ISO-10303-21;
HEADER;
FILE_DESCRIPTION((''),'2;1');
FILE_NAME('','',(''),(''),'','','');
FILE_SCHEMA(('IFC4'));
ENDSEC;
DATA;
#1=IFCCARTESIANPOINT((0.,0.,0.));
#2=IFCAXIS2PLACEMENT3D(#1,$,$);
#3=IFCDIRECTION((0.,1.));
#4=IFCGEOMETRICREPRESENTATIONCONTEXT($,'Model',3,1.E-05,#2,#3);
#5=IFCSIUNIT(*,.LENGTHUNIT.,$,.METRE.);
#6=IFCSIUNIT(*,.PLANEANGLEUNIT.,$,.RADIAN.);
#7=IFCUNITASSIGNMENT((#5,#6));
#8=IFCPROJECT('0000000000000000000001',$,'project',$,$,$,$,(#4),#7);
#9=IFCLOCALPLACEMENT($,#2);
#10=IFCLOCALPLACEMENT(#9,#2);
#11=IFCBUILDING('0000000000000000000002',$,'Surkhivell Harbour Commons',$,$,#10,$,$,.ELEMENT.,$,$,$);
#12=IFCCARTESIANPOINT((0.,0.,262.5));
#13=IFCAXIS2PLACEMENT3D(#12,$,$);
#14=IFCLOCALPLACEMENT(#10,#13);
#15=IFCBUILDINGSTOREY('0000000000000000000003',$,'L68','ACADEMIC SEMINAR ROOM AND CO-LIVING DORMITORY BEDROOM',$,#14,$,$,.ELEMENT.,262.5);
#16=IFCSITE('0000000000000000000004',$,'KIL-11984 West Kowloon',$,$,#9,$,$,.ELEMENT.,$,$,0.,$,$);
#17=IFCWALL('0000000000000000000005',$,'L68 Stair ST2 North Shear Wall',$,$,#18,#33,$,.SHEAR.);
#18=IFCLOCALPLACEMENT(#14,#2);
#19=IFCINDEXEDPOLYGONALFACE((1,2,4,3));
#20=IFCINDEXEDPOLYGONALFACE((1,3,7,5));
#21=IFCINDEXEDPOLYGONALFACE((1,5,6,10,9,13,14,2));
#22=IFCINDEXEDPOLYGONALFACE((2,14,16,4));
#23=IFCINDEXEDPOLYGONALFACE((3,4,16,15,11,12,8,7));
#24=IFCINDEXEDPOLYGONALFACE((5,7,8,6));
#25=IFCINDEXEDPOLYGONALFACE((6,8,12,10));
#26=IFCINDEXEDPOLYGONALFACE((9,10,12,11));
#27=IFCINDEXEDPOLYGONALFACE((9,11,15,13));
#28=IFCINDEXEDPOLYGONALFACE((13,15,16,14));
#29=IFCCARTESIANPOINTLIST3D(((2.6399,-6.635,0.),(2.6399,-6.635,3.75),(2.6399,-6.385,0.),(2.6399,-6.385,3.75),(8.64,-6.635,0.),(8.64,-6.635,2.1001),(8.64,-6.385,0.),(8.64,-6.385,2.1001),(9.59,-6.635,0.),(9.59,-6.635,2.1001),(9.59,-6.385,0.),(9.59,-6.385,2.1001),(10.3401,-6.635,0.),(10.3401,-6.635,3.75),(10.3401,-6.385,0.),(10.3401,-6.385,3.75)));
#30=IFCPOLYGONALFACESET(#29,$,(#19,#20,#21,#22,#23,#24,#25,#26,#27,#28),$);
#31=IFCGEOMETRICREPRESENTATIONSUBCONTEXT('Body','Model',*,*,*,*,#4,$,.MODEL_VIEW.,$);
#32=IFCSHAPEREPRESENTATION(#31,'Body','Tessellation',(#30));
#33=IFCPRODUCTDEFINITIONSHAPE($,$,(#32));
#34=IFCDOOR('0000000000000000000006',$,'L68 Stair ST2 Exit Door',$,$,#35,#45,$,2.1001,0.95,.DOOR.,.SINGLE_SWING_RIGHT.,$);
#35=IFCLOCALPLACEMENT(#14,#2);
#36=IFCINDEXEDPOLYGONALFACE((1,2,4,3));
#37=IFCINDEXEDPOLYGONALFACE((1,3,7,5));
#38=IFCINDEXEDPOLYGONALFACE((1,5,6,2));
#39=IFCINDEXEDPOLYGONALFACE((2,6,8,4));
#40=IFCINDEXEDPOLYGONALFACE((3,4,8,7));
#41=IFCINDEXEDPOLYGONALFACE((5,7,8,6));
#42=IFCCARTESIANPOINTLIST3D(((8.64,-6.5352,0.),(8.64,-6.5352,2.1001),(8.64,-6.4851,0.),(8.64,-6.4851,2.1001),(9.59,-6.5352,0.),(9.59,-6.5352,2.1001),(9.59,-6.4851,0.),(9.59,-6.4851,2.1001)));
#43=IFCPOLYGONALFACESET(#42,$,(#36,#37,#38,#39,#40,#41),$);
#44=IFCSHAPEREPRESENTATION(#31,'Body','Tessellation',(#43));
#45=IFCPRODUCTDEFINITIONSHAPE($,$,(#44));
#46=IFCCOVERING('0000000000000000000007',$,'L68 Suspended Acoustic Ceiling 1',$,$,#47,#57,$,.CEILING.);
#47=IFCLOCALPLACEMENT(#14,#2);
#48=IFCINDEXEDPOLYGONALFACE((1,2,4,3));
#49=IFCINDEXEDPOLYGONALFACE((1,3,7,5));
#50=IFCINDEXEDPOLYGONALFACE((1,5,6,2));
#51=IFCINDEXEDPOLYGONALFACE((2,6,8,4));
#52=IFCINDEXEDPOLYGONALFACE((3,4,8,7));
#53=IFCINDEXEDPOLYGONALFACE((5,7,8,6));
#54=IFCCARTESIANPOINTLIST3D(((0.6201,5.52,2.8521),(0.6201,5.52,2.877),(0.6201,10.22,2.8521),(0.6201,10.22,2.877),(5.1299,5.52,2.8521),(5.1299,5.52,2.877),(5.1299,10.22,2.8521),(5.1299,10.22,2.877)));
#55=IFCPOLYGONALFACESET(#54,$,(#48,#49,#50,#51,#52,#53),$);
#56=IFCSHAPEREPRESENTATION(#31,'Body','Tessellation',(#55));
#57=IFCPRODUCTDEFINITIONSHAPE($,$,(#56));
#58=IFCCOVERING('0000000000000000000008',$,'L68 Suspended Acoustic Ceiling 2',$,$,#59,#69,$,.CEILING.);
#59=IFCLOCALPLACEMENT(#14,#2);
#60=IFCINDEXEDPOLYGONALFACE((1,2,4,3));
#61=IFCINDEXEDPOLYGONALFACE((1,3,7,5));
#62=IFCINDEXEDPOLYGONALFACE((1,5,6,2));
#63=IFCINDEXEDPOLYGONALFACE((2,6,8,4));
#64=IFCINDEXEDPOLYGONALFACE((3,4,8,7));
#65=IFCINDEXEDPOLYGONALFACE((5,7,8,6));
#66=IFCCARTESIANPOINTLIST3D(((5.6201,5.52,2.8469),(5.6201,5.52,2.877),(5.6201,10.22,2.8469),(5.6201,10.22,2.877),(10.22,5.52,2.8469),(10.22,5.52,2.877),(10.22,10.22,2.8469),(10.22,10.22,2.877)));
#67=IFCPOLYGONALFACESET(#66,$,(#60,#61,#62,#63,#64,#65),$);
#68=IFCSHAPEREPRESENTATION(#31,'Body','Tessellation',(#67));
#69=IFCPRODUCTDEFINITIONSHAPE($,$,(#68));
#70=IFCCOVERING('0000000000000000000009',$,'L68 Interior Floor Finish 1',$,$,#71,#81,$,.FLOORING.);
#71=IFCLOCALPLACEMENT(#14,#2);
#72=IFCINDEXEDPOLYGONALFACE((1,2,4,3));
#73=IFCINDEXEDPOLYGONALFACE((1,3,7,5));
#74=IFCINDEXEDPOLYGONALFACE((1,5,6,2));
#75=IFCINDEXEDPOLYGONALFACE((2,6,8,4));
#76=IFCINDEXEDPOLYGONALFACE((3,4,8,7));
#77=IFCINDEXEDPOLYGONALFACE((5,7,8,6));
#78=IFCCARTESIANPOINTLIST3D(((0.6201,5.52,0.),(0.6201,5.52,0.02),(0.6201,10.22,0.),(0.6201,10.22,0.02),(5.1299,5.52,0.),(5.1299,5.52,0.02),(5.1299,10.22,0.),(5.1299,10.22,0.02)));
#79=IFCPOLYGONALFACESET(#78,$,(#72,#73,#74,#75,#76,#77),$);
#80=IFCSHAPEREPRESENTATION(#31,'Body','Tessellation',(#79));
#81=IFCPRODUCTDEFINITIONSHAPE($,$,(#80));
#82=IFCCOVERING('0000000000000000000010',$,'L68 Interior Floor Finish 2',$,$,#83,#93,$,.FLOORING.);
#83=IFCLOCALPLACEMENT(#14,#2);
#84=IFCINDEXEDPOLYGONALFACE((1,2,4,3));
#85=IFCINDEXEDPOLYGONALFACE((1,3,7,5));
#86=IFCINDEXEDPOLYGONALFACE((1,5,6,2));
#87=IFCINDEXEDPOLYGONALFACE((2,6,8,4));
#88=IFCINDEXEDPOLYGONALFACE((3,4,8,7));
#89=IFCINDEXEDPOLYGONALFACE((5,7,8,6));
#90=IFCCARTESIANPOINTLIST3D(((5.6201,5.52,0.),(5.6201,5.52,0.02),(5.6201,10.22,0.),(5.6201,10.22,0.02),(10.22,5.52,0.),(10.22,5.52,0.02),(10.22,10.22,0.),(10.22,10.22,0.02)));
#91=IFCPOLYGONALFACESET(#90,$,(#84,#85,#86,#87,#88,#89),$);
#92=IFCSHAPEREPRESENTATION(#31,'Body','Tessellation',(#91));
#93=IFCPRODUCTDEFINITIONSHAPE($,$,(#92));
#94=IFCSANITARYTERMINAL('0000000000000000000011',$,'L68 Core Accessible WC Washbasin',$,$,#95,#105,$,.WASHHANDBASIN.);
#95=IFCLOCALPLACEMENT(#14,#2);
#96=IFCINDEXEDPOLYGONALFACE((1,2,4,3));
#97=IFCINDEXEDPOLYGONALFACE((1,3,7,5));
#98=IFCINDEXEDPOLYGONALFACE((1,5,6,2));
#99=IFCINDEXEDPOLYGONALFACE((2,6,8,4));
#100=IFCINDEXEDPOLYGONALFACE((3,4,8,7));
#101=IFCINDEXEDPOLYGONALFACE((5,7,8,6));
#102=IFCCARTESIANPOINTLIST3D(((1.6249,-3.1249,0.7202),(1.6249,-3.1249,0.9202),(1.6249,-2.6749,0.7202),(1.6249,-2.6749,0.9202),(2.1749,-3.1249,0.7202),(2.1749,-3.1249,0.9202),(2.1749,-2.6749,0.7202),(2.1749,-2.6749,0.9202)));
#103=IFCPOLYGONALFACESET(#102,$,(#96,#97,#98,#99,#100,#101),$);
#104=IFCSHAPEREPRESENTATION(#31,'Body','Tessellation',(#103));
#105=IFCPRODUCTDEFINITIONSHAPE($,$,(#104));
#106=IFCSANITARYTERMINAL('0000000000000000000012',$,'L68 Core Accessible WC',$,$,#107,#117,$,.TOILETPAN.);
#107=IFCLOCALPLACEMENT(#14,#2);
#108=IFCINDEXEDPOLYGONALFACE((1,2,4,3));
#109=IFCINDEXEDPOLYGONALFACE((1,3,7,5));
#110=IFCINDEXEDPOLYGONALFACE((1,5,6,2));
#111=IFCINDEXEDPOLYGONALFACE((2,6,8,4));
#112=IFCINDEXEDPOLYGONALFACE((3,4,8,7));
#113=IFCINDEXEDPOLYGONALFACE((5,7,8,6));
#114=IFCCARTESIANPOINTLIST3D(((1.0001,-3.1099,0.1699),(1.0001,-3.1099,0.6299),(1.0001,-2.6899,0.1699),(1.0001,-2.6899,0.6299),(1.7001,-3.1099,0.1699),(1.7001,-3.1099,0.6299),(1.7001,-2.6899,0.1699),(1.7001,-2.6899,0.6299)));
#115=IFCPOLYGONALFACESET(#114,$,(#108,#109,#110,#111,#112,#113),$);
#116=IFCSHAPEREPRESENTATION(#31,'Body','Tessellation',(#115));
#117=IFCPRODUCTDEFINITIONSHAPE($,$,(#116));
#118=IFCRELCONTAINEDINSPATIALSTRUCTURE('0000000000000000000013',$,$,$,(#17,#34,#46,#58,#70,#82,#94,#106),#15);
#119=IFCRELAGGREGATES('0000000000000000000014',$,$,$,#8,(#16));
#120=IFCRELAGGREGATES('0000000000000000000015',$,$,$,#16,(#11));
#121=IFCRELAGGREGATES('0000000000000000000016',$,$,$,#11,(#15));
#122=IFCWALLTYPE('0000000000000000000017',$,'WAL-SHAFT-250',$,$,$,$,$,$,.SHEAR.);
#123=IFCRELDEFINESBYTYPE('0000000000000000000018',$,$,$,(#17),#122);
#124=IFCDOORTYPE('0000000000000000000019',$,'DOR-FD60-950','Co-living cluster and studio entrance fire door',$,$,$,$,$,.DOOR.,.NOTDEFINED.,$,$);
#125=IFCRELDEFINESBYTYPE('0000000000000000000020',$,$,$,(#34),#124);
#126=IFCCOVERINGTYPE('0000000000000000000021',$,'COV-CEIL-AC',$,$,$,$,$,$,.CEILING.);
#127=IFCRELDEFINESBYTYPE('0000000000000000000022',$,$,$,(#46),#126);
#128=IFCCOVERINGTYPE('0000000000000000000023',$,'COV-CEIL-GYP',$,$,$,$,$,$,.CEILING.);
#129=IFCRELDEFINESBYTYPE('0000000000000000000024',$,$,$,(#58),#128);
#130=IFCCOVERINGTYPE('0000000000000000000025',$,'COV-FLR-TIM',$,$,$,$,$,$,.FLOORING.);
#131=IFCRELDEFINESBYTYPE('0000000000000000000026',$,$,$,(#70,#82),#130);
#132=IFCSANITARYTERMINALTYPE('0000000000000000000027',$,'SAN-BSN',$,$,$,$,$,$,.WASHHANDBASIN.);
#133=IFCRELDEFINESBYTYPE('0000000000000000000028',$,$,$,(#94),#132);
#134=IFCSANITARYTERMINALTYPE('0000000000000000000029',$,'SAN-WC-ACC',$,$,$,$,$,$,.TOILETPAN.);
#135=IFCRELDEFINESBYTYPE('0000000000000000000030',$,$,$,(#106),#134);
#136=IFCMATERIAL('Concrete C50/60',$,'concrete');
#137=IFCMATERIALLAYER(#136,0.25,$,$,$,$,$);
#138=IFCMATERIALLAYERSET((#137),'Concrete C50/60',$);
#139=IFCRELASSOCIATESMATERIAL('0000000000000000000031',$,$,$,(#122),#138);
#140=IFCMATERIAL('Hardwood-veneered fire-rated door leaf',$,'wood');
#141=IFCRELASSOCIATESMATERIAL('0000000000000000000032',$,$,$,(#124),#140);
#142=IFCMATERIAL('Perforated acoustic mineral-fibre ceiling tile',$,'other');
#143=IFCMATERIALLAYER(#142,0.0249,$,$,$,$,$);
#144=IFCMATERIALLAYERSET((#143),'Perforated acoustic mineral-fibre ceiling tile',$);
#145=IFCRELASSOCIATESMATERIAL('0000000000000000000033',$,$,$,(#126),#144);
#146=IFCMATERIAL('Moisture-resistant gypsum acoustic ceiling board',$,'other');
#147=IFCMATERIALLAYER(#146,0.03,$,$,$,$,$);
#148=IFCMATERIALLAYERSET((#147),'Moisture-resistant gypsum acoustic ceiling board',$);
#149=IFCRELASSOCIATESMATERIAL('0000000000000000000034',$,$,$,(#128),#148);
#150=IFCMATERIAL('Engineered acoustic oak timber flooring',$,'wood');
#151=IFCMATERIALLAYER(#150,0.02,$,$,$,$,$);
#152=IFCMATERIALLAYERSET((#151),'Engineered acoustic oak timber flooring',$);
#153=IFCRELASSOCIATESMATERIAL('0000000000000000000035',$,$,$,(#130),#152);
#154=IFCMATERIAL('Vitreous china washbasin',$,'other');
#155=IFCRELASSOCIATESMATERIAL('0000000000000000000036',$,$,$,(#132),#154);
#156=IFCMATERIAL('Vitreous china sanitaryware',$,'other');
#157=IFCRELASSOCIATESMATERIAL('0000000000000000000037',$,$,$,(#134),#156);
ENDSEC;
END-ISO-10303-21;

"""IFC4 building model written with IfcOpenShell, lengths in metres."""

from ifc_helpers import new_model, si_unit, direction, frame, frame_2d, origin, origin_2d, place, context, subcontext, project, spatial, polyline, rectangle, outline, extrude, material, layer, layer_set, type_object, element, fill, save


model = new_model("IFC4")

# Units and contexts
model_context = context("Model", 3, precision=1e-05, world=origin(), true_north=direction((0.0, 1.0)))
body_context = subcontext(model_context, "Body", "Model", "MODEL_VIEW")
ifc_project = project(units=[si_unit("LENGTHUNIT", "METRE"), si_unit("PLANEANGLEUNIT", "RADIAN")], contexts=[model_context])

# Site, building, storey
site_placement = place(None, origin())
site = spatial("IfcSite", under=ifc_project, at=site_placement, Name="KIL-11984 West Kowloon", CompositionType="ELEMENT", RefElevation=0.0)
building_placement = place(site_placement, origin())
building = spatial("IfcBuilding", under=site, at=building_placement, Name="Surkhivell Harbour Commons", CompositionType="ELEMENT")
storey_placement = place(building_placement, frame((0.0, 0.0, 262.5)))
storey = spatial("IfcBuildingStorey", under=building, at=storey_placement, Name="L68", Description="ACADEMIC SEMINAR ROOM AND CO-LIVING DORMITORY BEDROOM", CompositionType="ELEMENT", Elevation=262.5)

# Shared definitions
ifc_material_1 = material(Name="Hardwood-veneered fire-rated door leaf", Category="wood")

# Shared definitions
ifc_material_2 = material(Name="Concrete C50/60", Category="concrete")
ifc_layer_1 = layer(ifc_material_2, 0.25)
ifc_layer_set_1 = layer_set([ifc_layer_1], Name="Concrete C50/60")
wall_type_1 = type_object("IfcWallType", Name="WAL-SHAFT-250", PredefinedType="SHEAR", material=ifc_layer_set_1)

# Wall, opening, door
wall_1_placement = place(storey_placement, frame((2.6399, -6.51, 0.0), z_axis=(0.0, 0.0, 1.0), x_axis=(1.0, 0.0, 0.0)))
wall_1 = element("IfcWall", 1, at=wall_1_placement, inside=storey, type_object=wall_type_1, Name="L68 Stair ST2 North Shear Wall", PredefinedType="SHEAR", context=body_context, shape_type="SweptSolid", body=[
    extrude(rectangle(XDim=7.7002, YDim=0.25, at=frame_2d((3.8501, 0.0))), origin(), (0.0, 0.0, 1.0), 3.75),
])
opening_1_placement = place(wall_1_placement, frame((6.0, 0.0, 0.0)))
opening_1 = element("IfcOpeningElement", 2, at=opening_1_placement, cuts=wall_1, PredefinedType="OPENING", context=body_context, shape_type="SweptSolid", body=[
    extrude(rectangle(XDim=0.95, YDim=2.1001, at=frame_2d((0.4751, 1.05))), frame((0.0, 0.135, 0.0), z_axis=(0.0, -1.0, 0.0), x_axis=(1.0, 0.0, 0.0)), (0.0, 0.0, 1.0), 0.27),
])
door_type_1 = type_object("IfcDoorType", Name="DOR-FD60-950", Description="Co-living cluster and studio entrance fire door", OperationType="NOTDEFINED", PredefinedType="DOOR", material=ifc_material_1)
door_1_placement = place(opening_1_placement, origin())
door_1 = element("IfcDoor", 3, at=door_1_placement, inside=storey, type_object=door_type_1, Name="L68 Stair ST2 Exit Door", OperationType="SINGLE_SWING_RIGHT", OverallHeight=2.1001, OverallWidth=0.95, PredefinedType="DOOR", context=body_context, shape_type="SweptSolid", body=[
    extrude(rectangle(XDim=0.95, YDim=2.1001, at=frame_2d((0.4751, 1.05))), frame((0.0, 0.0249, 0.0), z_axis=(0.0, -1.0, 0.0), x_axis=(1.0, 0.0, 0.0)), (0.0, 0.0, 1.0), 0.05),
])
fill(opening_1, door_1)

# Coverings
ifc_material_3 = material(Name="Perforated acoustic mineral-fibre ceiling tile", Category="other")
ifc_layer_2 = layer(ifc_material_3, 0.0249)
ifc_layer_set_2 = layer_set([ifc_layer_2], Name="Perforated acoustic mineral-fibre ceiling tile")
covering_type_1 = type_object("IfcCoveringType", Name="COV-CEIL-AC", PredefinedType="CEILING", material=ifc_layer_set_2)
covering_1_placement = place(storey_placement, frame((0.0, 0.0, 2.8521)))
element("IfcCovering", 4, at=covering_1_placement, inside=storey, type_object=covering_type_1, Name="L68 Suspended Acoustic Ceiling 1", PredefinedType="CEILING", context=body_context, shape_type="SweptSolid", body=[
    extrude(outline(polyline([(0.6201, 5.52), (5.1299, 5.52), (5.1299, 10.22), (0.6201, 10.22), (0.6201, 5.52)])), origin(), (0.0, 0.0, 1.0), 0.0249),
])
ifc_material_4 = material(Name="Moisture-resistant gypsum acoustic ceiling board", Category="other")
ifc_layer_3 = layer(ifc_material_4, 0.03)
ifc_layer_set_3 = layer_set([ifc_layer_3], Name="Moisture-resistant gypsum acoustic ceiling board")
covering_type_2 = type_object("IfcCoveringType", Name="COV-CEIL-GYP", PredefinedType="CEILING", material=ifc_layer_set_3)
covering_2_placement = place(storey_placement, frame((0.0, 0.0, 2.8469)))
element("IfcCovering", 5, at=covering_2_placement, inside=storey, type_object=covering_type_2, Name="L68 Suspended Acoustic Ceiling 2", PredefinedType="CEILING", context=body_context, shape_type="SweptSolid", body=[
    extrude(outline(polyline([(5.6201, 5.52), (10.22, 5.52), (10.22, 10.22), (5.6201, 10.22), (5.6201, 5.52)])), origin(), (0.0, 0.0, 1.0), 0.03),
])
ifc_material_5 = material(Name="Engineered acoustic oak timber flooring", Category="wood")
ifc_layer_4 = layer(ifc_material_5, 0.02)
ifc_layer_set_4 = layer_set([ifc_layer_4], Name="Engineered acoustic oak timber flooring")
covering_type_3 = type_object("IfcCoveringType", Name="COV-FLR-TIM", PredefinedType="FLOORING", material=ifc_layer_set_4)
covering_3_placement = place(storey_placement, origin())
element("IfcCovering", 6, at=covering_3_placement, inside=storey, type_object=covering_type_3, Name="L68 Interior Floor Finish 1", PredefinedType="FLOORING", context=body_context, shape_type="SweptSolid", body=[
    extrude(outline(polyline([(0.6201, 5.52), (5.1299, 5.52), (5.1299, 10.22), (0.6201, 10.22), (0.6201, 5.52)])), origin(), (0.0, 0.0, 1.0), 0.02),
])
covering_4_placement = place(storey_placement, origin())
element("IfcCovering", 7, at=covering_4_placement, inside=storey, type_object=covering_type_3, Name="L68 Interior Floor Finish 2", PredefinedType="FLOORING", context=body_context, shape_type="SweptSolid", body=[
    extrude(outline(polyline([(5.6201, 5.52), (10.22, 5.52), (10.22, 10.22), (5.6201, 10.22), (5.6201, 5.52)])), origin(), (0.0, 0.0, 1.0), 0.02),
])

# Sanitary terminals
ifc_material_6 = material(Name="Vitreous china washbasin", Category="other")
sanitary_terminal_type_1 = type_object("IfcSanitaryTerminalType", Name="SAN-BSN", PredefinedType="WASHHANDBASIN", material=ifc_material_6)
sanitary_terminal_1_placement = place(storey_placement, frame((1.8999, -2.8999, 0.7202), z_axis=(0.0, 0.0, 1.0), x_axis=(1.0, 0.0, 0.0)))
element("IfcSanitaryTerminal", 8, at=sanitary_terminal_1_placement, inside=storey, type_object=sanitary_terminal_type_1, Name="L68 Core Accessible WC Washbasin", PredefinedType="WASHHANDBASIN", context=body_context, shape_type="SweptSolid", body=[
    extrude(rectangle(XDim=0.55, YDim=0.45, at=origin_2d()), origin(), (0.0, 0.0, 1.0), 0.2),
])
ifc_material_7 = material(Name="Vitreous china sanitaryware", Category="other")
sanitary_terminal_type_2 = type_object("IfcSanitaryTerminalType", Name="SAN-WC-ACC", PredefinedType="TOILETPAN", material=ifc_material_7)
sanitary_terminal_2_placement = place(storey_placement, frame((1.3501, -2.8999, 0.1699), z_axis=(0.0, 0.0, 1.0), x_axis=(1.0, 0.0, 0.0)))
element("IfcSanitaryTerminal", 9, at=sanitary_terminal_2_placement, inside=storey, type_object=sanitary_terminal_type_2, Name="L68 Core Accessible WC", PredefinedType="TOILETPAN", context=body_context, shape_type="SweptSolid", body=[
    extrude(rectangle(XDim=0.7, YDim=0.4199, at=origin_2d()), origin(), (0.0, 0.0, 1.0), 0.46),
])

save(model, "model.ifc")
